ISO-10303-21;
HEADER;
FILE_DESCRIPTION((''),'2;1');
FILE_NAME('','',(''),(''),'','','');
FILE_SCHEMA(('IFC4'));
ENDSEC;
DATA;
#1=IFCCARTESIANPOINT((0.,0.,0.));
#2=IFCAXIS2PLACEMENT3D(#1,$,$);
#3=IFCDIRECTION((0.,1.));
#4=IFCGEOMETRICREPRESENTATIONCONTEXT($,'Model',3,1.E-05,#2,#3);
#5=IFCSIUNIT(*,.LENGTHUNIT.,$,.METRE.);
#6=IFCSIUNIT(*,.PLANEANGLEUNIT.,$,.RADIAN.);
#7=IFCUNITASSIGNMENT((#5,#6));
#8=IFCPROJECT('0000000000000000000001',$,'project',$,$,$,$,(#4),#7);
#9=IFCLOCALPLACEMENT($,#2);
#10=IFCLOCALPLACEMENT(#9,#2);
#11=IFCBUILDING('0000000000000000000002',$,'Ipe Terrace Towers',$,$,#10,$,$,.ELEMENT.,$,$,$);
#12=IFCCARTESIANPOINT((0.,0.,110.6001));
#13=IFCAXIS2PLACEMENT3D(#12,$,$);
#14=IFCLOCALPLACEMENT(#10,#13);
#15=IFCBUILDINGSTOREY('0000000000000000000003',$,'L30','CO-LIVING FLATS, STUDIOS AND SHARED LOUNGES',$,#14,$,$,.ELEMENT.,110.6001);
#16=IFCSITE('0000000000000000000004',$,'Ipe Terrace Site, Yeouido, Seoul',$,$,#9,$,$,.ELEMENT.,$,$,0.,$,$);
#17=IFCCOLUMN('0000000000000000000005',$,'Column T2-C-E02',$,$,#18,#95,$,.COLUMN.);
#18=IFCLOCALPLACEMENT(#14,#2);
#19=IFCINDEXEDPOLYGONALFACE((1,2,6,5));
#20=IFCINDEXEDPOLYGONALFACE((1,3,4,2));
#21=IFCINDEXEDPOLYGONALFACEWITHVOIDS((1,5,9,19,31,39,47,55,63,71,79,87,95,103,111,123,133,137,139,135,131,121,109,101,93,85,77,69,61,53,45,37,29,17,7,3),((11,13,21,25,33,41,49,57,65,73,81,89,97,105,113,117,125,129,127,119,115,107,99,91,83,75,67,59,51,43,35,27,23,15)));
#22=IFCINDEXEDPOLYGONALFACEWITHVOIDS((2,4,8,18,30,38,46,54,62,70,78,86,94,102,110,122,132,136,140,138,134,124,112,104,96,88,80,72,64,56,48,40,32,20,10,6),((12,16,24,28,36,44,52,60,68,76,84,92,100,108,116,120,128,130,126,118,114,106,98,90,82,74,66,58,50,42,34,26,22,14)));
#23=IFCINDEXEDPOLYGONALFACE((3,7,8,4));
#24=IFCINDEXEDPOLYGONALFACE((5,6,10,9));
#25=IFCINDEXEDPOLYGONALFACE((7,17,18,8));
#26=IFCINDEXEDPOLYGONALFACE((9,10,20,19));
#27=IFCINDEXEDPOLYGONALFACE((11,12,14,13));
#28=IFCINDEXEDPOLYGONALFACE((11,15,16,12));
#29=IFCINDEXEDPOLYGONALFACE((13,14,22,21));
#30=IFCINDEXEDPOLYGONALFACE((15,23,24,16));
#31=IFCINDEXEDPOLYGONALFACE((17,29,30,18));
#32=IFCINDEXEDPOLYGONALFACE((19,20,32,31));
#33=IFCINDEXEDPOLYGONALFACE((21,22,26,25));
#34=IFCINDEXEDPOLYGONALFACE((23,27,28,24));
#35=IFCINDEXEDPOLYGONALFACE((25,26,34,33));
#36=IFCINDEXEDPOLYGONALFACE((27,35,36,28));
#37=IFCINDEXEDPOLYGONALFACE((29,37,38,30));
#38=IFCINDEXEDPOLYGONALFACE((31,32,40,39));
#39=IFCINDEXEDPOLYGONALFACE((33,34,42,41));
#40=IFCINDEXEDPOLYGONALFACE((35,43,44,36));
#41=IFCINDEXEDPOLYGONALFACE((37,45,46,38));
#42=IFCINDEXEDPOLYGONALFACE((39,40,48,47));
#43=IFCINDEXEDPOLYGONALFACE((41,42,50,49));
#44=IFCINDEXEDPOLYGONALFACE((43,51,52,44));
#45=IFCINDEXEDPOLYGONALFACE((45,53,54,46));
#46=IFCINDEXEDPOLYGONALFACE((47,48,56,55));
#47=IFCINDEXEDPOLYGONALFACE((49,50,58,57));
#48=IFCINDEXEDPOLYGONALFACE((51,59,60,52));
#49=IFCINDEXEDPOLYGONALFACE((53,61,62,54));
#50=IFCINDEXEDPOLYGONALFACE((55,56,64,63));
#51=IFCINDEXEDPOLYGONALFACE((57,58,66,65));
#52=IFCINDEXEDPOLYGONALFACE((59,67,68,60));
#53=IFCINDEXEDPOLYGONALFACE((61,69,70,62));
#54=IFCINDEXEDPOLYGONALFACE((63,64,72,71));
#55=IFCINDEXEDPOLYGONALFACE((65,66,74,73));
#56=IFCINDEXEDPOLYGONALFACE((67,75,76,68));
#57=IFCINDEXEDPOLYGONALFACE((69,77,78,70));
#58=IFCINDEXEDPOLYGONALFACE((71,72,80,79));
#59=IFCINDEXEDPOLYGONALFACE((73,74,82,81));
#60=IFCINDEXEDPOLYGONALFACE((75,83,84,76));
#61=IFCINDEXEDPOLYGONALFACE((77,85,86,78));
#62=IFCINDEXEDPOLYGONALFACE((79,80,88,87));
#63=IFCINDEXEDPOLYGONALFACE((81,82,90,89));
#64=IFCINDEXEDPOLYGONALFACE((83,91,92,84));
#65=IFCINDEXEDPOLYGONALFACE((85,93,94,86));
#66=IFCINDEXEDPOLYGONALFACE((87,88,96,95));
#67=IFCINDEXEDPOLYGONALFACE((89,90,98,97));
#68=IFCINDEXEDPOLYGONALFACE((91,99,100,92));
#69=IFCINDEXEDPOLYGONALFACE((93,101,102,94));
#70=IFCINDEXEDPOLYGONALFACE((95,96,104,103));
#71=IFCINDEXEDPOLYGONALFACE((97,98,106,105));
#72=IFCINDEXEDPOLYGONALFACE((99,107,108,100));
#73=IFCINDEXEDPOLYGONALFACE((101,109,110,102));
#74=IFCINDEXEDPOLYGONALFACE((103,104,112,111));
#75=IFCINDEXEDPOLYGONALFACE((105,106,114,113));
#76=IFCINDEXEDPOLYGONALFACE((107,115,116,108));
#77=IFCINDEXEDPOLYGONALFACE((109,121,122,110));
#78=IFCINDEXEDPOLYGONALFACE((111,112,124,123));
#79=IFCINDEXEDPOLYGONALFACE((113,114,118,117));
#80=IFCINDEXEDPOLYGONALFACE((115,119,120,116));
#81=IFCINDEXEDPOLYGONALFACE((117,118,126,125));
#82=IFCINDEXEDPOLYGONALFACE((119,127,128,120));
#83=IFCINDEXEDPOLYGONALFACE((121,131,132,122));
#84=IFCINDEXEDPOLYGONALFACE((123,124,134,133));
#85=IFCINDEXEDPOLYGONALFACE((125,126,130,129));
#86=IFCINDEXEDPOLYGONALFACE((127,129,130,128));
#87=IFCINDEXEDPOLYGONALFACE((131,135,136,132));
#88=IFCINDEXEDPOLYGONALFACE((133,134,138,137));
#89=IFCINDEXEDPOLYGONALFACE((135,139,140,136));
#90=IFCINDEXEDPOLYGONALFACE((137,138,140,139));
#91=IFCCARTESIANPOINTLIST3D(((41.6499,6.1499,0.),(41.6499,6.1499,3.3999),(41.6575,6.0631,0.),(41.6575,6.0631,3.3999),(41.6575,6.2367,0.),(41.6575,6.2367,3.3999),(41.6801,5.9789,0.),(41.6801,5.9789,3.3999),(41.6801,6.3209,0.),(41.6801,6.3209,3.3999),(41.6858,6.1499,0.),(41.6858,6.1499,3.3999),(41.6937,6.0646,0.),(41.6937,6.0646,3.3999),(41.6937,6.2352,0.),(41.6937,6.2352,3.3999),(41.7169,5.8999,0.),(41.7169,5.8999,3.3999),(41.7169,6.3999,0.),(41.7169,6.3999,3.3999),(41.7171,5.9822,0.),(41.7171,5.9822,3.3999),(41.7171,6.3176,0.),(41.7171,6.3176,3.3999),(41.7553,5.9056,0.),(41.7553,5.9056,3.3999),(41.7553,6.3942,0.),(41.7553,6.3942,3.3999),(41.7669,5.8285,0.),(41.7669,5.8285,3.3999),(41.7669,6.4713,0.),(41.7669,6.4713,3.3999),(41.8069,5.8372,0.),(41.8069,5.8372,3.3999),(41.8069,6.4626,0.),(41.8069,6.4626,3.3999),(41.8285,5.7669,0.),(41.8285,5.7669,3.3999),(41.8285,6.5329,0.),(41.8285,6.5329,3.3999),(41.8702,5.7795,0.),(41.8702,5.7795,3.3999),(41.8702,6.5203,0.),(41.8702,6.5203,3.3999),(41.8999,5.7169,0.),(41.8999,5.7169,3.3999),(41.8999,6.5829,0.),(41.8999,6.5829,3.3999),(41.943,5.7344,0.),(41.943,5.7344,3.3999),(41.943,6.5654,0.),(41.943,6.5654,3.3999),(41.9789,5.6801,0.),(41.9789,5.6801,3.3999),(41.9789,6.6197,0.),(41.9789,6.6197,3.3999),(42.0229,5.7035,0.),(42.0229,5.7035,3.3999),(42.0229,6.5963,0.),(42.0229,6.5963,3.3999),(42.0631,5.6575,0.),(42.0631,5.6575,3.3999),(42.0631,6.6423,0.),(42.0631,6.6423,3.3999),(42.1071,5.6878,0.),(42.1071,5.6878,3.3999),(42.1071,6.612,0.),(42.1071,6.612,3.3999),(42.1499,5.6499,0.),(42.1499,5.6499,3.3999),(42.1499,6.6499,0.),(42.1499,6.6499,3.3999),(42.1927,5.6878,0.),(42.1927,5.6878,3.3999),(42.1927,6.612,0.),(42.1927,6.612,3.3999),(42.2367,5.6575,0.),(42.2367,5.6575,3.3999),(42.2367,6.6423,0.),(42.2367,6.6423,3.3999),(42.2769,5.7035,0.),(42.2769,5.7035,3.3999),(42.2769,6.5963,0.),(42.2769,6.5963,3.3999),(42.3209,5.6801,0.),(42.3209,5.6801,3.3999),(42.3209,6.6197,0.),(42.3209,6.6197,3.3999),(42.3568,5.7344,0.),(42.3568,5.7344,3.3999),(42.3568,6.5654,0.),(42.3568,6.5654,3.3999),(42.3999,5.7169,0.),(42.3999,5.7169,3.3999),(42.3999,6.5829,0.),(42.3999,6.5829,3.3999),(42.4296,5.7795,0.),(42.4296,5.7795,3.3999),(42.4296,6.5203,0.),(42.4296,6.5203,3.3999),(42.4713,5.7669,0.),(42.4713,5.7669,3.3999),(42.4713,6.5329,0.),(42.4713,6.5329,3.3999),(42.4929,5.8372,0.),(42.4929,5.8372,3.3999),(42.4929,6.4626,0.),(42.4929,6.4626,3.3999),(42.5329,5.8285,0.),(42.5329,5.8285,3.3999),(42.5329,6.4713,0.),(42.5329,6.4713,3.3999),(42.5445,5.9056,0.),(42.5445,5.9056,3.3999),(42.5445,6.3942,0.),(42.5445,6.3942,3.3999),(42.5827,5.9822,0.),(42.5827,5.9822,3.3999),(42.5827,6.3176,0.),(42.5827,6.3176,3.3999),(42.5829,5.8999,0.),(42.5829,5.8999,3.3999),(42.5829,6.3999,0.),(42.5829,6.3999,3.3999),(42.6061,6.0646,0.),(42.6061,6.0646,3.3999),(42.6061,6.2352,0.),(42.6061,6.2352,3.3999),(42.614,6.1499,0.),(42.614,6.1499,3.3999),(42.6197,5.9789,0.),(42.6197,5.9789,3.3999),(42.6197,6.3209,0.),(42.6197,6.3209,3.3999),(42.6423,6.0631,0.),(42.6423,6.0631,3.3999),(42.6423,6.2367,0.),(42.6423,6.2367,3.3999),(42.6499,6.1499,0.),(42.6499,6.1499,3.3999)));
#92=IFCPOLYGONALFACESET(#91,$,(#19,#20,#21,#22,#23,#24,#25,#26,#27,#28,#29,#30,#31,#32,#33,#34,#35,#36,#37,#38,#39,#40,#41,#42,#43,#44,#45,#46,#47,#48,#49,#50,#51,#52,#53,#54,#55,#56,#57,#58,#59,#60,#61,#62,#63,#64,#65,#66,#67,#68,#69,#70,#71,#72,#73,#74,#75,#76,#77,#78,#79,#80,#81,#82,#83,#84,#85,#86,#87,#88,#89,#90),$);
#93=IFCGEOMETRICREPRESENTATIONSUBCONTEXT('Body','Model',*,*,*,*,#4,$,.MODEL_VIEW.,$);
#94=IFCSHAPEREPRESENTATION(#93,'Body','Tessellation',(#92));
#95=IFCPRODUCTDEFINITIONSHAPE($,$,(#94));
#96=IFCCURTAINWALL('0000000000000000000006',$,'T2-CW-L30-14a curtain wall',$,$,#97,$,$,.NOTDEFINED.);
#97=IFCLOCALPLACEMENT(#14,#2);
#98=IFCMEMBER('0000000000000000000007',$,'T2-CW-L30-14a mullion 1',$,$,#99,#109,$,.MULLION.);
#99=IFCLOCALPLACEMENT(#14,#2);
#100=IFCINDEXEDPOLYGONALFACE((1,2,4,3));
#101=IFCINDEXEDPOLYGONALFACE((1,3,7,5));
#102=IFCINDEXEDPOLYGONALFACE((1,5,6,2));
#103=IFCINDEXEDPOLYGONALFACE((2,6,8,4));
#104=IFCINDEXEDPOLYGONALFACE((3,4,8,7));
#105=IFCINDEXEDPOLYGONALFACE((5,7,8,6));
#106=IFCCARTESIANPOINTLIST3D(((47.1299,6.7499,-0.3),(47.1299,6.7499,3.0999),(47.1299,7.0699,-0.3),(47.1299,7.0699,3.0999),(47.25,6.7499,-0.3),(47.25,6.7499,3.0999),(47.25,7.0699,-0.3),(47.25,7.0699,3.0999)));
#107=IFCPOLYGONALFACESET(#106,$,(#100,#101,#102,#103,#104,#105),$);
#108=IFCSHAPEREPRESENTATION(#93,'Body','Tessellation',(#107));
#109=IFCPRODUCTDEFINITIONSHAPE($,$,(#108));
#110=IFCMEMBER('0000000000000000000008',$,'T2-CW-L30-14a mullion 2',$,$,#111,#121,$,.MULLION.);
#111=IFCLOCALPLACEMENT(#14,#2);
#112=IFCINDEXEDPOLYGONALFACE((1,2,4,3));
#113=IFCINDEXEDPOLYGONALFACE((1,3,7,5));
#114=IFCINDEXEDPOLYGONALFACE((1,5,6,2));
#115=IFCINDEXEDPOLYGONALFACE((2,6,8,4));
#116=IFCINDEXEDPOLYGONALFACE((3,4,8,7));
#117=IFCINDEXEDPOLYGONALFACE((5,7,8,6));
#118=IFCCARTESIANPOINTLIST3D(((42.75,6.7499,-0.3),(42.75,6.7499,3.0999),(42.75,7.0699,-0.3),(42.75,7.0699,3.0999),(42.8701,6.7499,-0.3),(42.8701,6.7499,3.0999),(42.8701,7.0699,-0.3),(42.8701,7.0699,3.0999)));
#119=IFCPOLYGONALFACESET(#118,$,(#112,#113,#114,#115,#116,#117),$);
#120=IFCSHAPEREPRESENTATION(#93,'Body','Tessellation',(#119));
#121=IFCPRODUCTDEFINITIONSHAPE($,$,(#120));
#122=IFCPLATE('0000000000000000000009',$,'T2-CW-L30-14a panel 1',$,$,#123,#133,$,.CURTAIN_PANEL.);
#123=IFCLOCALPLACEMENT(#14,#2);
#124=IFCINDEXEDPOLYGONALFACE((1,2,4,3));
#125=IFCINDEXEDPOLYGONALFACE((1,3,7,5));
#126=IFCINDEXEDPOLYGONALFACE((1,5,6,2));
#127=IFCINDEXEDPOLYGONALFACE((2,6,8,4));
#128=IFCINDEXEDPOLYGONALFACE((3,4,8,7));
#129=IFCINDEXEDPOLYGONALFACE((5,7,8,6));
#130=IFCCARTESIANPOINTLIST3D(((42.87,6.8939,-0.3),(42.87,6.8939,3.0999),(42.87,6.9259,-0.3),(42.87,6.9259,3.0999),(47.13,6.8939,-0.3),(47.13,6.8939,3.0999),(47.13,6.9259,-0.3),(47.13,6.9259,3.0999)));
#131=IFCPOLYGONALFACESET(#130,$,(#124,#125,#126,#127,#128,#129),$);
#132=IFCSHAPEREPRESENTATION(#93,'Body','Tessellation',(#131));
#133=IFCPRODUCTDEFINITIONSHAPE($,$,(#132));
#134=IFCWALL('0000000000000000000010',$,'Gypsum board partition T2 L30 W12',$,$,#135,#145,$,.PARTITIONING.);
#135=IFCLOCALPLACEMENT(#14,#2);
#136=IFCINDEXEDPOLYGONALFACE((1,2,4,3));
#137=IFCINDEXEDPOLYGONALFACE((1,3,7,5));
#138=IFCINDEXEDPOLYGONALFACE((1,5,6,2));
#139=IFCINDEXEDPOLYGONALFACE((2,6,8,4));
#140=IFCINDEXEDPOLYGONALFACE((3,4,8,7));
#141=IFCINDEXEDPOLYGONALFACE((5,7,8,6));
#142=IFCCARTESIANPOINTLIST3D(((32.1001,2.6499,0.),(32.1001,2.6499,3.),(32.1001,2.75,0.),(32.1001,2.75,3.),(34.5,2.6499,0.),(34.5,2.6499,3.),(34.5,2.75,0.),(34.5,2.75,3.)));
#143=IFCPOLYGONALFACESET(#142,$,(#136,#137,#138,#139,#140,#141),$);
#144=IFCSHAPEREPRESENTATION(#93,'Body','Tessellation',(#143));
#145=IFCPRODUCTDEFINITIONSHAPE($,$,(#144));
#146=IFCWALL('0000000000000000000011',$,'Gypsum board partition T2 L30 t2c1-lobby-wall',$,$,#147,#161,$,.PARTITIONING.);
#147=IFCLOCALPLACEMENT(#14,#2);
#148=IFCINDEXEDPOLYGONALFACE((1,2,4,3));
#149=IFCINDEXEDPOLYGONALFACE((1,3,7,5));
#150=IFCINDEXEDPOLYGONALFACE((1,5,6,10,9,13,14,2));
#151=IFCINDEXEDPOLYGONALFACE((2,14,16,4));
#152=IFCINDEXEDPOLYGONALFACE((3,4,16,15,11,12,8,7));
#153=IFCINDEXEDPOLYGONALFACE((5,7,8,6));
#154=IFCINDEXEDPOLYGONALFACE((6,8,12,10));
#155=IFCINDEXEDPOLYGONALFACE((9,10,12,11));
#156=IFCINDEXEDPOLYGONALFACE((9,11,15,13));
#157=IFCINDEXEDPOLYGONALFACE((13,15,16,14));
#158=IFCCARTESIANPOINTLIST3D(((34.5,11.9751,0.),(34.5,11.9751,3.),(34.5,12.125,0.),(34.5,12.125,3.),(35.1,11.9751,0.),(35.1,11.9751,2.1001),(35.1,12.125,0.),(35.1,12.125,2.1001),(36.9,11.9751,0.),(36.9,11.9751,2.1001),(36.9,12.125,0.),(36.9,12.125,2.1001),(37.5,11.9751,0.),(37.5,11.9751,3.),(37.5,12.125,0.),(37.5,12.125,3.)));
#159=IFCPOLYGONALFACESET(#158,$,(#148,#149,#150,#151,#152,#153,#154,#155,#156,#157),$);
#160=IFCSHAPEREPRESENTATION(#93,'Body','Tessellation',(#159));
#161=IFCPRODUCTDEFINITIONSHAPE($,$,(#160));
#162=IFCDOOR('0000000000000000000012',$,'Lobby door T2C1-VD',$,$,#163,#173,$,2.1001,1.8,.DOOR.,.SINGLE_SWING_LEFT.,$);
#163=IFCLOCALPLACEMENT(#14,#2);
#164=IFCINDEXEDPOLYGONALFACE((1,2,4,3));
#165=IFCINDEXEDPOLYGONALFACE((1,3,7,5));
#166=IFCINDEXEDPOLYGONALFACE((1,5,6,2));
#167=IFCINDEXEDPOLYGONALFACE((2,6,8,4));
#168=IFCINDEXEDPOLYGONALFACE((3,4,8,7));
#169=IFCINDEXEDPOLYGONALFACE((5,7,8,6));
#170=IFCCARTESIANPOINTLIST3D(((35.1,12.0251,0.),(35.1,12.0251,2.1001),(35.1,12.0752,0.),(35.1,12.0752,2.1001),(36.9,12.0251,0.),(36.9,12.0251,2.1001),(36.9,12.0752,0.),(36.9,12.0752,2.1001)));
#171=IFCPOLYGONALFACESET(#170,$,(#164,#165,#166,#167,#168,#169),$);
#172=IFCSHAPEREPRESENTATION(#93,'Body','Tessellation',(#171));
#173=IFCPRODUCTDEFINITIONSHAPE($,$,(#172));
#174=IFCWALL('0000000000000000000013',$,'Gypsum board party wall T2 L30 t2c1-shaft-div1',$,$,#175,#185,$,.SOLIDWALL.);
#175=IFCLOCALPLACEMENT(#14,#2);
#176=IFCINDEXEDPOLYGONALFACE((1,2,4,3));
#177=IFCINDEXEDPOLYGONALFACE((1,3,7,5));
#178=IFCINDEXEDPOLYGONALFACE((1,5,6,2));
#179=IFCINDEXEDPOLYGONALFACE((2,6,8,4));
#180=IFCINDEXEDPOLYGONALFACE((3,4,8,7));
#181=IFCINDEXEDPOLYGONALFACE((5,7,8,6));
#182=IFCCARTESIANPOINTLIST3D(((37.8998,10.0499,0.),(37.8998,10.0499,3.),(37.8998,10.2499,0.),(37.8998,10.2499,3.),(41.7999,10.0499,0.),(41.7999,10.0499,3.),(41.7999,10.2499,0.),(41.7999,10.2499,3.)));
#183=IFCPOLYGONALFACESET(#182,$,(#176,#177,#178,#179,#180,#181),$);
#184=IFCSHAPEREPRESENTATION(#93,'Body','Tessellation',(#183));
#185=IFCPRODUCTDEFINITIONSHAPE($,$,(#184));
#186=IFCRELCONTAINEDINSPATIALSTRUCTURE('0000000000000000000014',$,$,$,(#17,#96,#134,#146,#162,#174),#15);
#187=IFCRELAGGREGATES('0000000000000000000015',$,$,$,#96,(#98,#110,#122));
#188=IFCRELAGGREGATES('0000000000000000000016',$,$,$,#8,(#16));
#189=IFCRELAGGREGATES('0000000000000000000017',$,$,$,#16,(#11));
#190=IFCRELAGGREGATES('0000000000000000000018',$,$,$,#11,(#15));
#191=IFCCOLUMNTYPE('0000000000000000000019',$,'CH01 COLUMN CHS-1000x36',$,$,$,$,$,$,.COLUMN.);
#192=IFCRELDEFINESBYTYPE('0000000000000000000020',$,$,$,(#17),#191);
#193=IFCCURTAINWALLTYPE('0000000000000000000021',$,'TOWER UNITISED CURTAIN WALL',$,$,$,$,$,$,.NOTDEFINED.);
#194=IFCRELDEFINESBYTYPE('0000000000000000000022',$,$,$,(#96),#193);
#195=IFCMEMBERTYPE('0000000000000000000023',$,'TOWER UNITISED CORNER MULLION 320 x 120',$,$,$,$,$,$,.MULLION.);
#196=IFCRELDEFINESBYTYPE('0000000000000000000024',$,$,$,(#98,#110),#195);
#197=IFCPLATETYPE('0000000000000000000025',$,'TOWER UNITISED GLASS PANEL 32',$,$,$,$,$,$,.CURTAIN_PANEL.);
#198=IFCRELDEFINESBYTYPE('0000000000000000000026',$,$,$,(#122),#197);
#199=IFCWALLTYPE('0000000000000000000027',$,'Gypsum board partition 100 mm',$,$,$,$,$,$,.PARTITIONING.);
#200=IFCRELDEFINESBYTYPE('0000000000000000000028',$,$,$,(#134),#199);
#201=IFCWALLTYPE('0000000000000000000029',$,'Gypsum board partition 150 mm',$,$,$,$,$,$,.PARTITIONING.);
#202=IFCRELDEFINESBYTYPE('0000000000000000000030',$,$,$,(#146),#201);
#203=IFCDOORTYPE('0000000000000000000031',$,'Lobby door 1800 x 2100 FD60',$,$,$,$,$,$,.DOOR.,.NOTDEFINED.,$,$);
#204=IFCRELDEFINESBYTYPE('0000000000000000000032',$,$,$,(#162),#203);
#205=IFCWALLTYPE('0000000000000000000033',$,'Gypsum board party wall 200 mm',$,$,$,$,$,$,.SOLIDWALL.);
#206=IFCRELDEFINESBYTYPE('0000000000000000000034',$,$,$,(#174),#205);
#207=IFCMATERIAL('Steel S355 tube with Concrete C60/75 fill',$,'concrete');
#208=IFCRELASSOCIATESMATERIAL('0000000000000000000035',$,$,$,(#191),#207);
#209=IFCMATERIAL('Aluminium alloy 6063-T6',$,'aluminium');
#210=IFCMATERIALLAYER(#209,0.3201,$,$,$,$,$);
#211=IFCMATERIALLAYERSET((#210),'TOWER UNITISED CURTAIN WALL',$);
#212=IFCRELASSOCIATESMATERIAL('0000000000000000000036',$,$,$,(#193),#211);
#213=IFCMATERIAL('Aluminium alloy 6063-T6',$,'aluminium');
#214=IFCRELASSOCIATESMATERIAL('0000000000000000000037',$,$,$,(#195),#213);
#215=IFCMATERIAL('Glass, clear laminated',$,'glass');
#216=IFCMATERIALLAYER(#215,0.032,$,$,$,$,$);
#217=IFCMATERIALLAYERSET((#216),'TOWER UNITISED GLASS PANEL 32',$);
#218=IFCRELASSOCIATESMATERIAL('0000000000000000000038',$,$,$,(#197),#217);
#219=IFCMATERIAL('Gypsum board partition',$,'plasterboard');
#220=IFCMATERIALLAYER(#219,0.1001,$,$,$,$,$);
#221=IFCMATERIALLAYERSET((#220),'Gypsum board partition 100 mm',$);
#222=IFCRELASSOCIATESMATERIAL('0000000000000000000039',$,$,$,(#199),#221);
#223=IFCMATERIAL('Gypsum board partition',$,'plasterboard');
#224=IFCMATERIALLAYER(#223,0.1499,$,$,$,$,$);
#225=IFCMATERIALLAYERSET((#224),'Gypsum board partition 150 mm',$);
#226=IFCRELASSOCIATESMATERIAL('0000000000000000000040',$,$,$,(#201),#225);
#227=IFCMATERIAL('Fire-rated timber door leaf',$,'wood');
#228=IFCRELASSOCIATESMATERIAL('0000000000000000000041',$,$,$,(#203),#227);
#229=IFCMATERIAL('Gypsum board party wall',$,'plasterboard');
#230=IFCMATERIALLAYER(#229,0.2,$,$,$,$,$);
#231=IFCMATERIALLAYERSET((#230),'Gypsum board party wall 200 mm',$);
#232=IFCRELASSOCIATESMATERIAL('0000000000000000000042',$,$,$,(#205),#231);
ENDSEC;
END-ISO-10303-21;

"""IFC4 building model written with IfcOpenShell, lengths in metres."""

from ifc_helpers import new_model, si_unit, direction, frame, frame_2d, origin, origin_2d, place, context, subcontext, project, spatial, rectangle, hollow_circle, extrude, material, layer, layer_set, material_profile, profile_set, type_object, element, fill, aggregate, save


model = new_model("IFC4")

# Units and contexts
model_context = context("Model", 3, precision=1e-05, world=origin(), true_north=direction((0.0, 1.0)))
body_context = subcontext(model_context, "Body", "Model", "MODEL_VIEW")
ifc_project = project(units=[si_unit("LENGTHUNIT", "METRE"), si_unit("PLANEANGLEUNIT", "RADIAN")], contexts=[model_context])

# Site, building, storey
site_placement = place(None, origin())
site = spatial("IfcSite", under=ifc_project, at=site_placement, Name="Ipe Terrace Site, Yeouido, Seoul", CompositionType="ELEMENT", RefElevation=0.0)
building_placement = place(site_placement, origin())
building = spatial("IfcBuilding", under=site, at=building_placement, Name="Ipe Terrace Towers", CompositionType="ELEMENT")
storey_placement = place(building_placement, frame((0.0, 0.0, 110.6001)))
storey = spatial("IfcBuildingStorey", under=building, at=storey_placement, Name="L30", Description="CO-LIVING FLATS, STUDIOS AND SHARED LOUNGES", CompositionType="ELEMENT", Elevation=110.6001)

# Column
ifc_material_1 = material(Name="Steel S355 tube with Concrete C60/75 fill", Category="concrete")
ifc_material_profile_1 = material_profile(ifc_material_1, hollow_circle(Radius=0.5, WallThickness=0.0359, at=origin_2d()), Name="CHS-1000x36")
ifc_profile_set_1 = profile_set([ifc_material_profile_1], Name="Steel S355 tube with Concrete C60/75 fill")
column_type = type_object("IfcColumnType", Name="CH01 COLUMN CHS-1000x36", PredefinedType="COLUMN", material=ifc_profile_set_1)
column_placement = place(storey_placement, frame((42.1499, 6.1499, 0.0), z_axis=(0.0, 0.0, 1.0), x_axis=(1.0, 0.0, 0.0)))
element("IfcColumn", 1, at=column_placement, inside=storey, type_object=column_type, Name="Column T2-C-E02", PredefinedType="COLUMN", context=body_context, shape_type="SweptSolid", body=[
    extrude(hollow_circle(Radius=0.5, WallThickness=0.0359, at=origin_2d()), origin(), (0.0, 0.0, 1.0), 3.3999),
])

# Curtain wall, members, plate
ifc_material_2 = material(Name="Aluminium alloy 6063-T6", Category="aluminium")
ifc_layer_1 = layer(ifc_material_2, 0.3201)
ifc_layer_set_1 = layer_set([ifc_layer_1], Name="TOWER UNITISED CURTAIN WALL")
curtain_wall_type = type_object("IfcCurtainWallType", Name="TOWER UNITISED CURTAIN WALL", PredefinedType="NOTDEFINED", material=ifc_layer_set_1)
curtain_wall_placement = place(storey_placement, origin())
curtain_wall = element("IfcCurtainWall", 2, at=curtain_wall_placement, inside=storey, type_object=curtain_wall_type, Name="T2-CW-L30-14a curtain wall", PredefinedType="NOTDEFINED")
ifc_material_3 = material(Name="Aluminium alloy 6063-T6", Category="aluminium")
ifc_material_profile_2 = material_profile(ifc_material_3, rectangle(XDim=0.3201, YDim=0.1201, at=origin_2d()), Name="TOWER UNITISED CORNER MULLION 320 x 120")
ifc_profile_set_2 = profile_set([ifc_material_profile_2], Name="Aluminium alloy 6063-T6")
member_type = type_object("IfcMemberType", Name="TOWER UNITISED CORNER MULLION 320 x 120", PredefinedType="MULLION", material=ifc_profile_set_2)
member_1_placement = place(storey_placement, frame((47.1899, 6.9099, -0.3), z_axis=(0.0, 0.0, 1.0), x_axis=(0.0, 1.0, 0.0)))
member_1 = element("IfcMember", 3, at=member_1_placement, type_object=member_type, Name="T2-CW-L30-14a mullion 1", PredefinedType="MULLION", context=body_context, shape_type="SweptSolid", body=[
    extrude(rectangle(XDim=0.3201, YDim=0.1201, at=origin_2d()), origin(), (0.0, 0.0, 1.0), 3.3999),
])
member_2_placement = place(storey_placement, frame((42.8101, 6.9099, -0.3), z_axis=(0.0, 0.0, 1.0), x_axis=(0.0, 1.0, 0.0)))
member_2 = element("IfcMember", 4, at=member_2_placement, type_object=member_type, Name="T2-CW-L30-14a mullion 2", PredefinedType="MULLION", context=body_context, shape_type="SweptSolid", body=[
    extrude(rectangle(XDim=0.3201, YDim=0.1201, at=origin_2d()), origin(), (0.0, 0.0, 1.0), 3.3999),
])
ifc_material_4 = material(Name="Glass, clear laminated", Category="glass")
ifc_layer_2 = layer(ifc_material_4, 0.032)
ifc_layer_set_2 = layer_set([ifc_layer_2], Name="TOWER UNITISED GLASS PANEL 32")
plate_type = type_object("IfcPlateType", Name="TOWER UNITISED GLASS PANEL 32", PredefinedType="CURTAIN_PANEL", material=ifc_layer_set_2)
plate_placement = place(storey_placement, frame((45.0, 6.9099, -0.3), z_axis=(0.0, 0.0, 1.0), x_axis=(-1.0, 0.0, 0.0)))
plate = element("IfcPlate", 5, at=plate_placement, type_object=plate_type, Name="T2-CW-L30-14a panel 1", PredefinedType="CURTAIN_PANEL", context=body_context, shape_type="SweptSolid", body=[
    extrude(rectangle(XDim=4.26, YDim=0.032, at=origin_2d()), origin(), (0.0, 0.0, 1.0), 3.3999),
])
aggregate(curtain_wall, [member_1, member_2, plate])

# Wall
ifc_material_5 = material(Name="Gypsum board partition", Category="plasterboard")
ifc_layer_3 = layer(ifc_material_5, 0.1001)
ifc_layer_set_3 = layer_set([ifc_layer_3], Name="Gypsum board partition 100 mm")
wall_type_1 = type_object("IfcWallType", Name="Gypsum board partition 100 mm", PredefinedType="PARTITIONING", material=ifc_layer_set_3)
wall_1_placement = place(storey_placement, frame((34.5, 2.7, 0.0), z_axis=(0.0, 0.0, 1.0), x_axis=(-1.0, 0.0, 0.0)))
element("IfcWall", 6, at=wall_1_placement, inside=storey, type_object=wall_type_1, Name="Gypsum board partition T2 L30 W12", PredefinedType="PARTITIONING", context=body_context, shape_type="SweptSolid", body=[
    extrude(rectangle(XDim=2.3999, YDim=0.1001, at=frame_2d((1.2, 0.0))), origin(), (0.0, 0.0, 1.0), 3.0),
])

# Wall, opening, door
ifc_material_6 = material(Name="Gypsum board partition", Category="plasterboard")
ifc_layer_4 = layer(ifc_material_6, 0.1499)
ifc_layer_set_4 = layer_set([ifc_layer_4], Name="Gypsum board partition 150 mm")
wall_type_2 = type_object("IfcWallType", Name="Gypsum board partition 150 mm", PredefinedType="PARTITIONING", material=ifc_layer_set_4)
wall_2_placement = place(storey_placement, frame((37.5, 12.05, 0.0), z_axis=(0.0, 0.0, 1.0), x_axis=(-1.0, 0.0, 0.0)))
wall_2 = element("IfcWall", 7, at=wall_2_placement, inside=storey, type_object=wall_type_2, Name="Gypsum board partition T2 L30 t2c1-lobby-wall", PredefinedType="PARTITIONING", context=body_context, shape_type="SweptSolid", body=[
    extrude(rectangle(XDim=3.0, YDim=0.1499, at=frame_2d((1.5, 0.0))), origin(), (0.0, 0.0, 1.0), 3.0),
])
opening_1_placement = place(wall_2_placement, frame((0.6001, 0.0, 0.0)))
opening_1 = element("IfcOpeningElement", 8, at=opening_1_placement, cuts=wall_2, PredefinedType="OPENING", context=body_context, shape_type="SweptSolid", body=[
    extrude(rectangle(XDim=1.8, YDim=2.1001, at=frame_2d((0.8999, 1.05))), frame((0.0, 0.085, 0.0), z_axis=(0.0, -1.0, 0.0), x_axis=(1.0, 0.0, 0.0)), (0.0, 0.0, 1.0), 0.1699),
])
ifc_material_7 = material(Name="Fire-rated timber door leaf", Category="wood")
door_type_1 = type_object("IfcDoorType", Name="Lobby door 1800 x 2100 FD60", OperationType="NOTDEFINED", PredefinedType="DOOR", material=ifc_material_7)
door_1_placement = place(opening_1_placement, origin())
door_1 = element("IfcDoor", 9, at=door_1_placement, inside=storey, type_object=door_type_1, Name="Lobby door T2C1-VD", OperationType="SINGLE_SWING_LEFT", OverallHeight=2.1001, OverallWidth=1.8, PredefinedType="DOOR", context=body_context, shape_type="SweptSolid", body=[
    extrude(rectangle(XDim=1.8, YDim=2.1001, at=frame_2d((0.8999, 1.05))), frame((0.0, 0.0249, 0.0), z_axis=(0.0, -1.0, 0.0), x_axis=(1.0, 0.0, 0.0)), (0.0, 0.0, 1.0), 0.05),
])
fill(opening_1, door_1)

# Wall
ifc_material_8 = material(Name="Gypsum board party wall", Category="plasterboard")
ifc_layer_5 = layer(ifc_material_8, 0.2)
ifc_layer_set_5 = layer_set([ifc_layer_5], Name="Gypsum board party wall 200 mm")
wall_type_3 = type_object("IfcWallType", Name="Gypsum board party wall 200 mm", PredefinedType="SOLIDWALL", material=ifc_layer_set_5)
for number, where, z_axis, x_axis, name in (
    (10, (41.8, 10.1499, 0.0), (0.0, 0.0, 1.0), (-1.0, 0.0, 0.0), "Gypsum board party wall T2 L30 t2c1-shaft-div1"),
):
    element("IfcWall", number, at=place(storey_placement, frame(where, z_axis=z_axis, x_axis=x_axis)), inside=storey, type_object=wall_type_3, Name=name, PredefinedType="SOLIDWALL", context=body_context, shape_type="SweptSolid", body=[
        extrude(rectangle(XDim=3.9001, YDim=0.2, at=frame_2d((1.9502, 0.0))), origin(), (0.0, 0.0, 1.0), 3.0),
    ])

save(model, "model.ifc")
